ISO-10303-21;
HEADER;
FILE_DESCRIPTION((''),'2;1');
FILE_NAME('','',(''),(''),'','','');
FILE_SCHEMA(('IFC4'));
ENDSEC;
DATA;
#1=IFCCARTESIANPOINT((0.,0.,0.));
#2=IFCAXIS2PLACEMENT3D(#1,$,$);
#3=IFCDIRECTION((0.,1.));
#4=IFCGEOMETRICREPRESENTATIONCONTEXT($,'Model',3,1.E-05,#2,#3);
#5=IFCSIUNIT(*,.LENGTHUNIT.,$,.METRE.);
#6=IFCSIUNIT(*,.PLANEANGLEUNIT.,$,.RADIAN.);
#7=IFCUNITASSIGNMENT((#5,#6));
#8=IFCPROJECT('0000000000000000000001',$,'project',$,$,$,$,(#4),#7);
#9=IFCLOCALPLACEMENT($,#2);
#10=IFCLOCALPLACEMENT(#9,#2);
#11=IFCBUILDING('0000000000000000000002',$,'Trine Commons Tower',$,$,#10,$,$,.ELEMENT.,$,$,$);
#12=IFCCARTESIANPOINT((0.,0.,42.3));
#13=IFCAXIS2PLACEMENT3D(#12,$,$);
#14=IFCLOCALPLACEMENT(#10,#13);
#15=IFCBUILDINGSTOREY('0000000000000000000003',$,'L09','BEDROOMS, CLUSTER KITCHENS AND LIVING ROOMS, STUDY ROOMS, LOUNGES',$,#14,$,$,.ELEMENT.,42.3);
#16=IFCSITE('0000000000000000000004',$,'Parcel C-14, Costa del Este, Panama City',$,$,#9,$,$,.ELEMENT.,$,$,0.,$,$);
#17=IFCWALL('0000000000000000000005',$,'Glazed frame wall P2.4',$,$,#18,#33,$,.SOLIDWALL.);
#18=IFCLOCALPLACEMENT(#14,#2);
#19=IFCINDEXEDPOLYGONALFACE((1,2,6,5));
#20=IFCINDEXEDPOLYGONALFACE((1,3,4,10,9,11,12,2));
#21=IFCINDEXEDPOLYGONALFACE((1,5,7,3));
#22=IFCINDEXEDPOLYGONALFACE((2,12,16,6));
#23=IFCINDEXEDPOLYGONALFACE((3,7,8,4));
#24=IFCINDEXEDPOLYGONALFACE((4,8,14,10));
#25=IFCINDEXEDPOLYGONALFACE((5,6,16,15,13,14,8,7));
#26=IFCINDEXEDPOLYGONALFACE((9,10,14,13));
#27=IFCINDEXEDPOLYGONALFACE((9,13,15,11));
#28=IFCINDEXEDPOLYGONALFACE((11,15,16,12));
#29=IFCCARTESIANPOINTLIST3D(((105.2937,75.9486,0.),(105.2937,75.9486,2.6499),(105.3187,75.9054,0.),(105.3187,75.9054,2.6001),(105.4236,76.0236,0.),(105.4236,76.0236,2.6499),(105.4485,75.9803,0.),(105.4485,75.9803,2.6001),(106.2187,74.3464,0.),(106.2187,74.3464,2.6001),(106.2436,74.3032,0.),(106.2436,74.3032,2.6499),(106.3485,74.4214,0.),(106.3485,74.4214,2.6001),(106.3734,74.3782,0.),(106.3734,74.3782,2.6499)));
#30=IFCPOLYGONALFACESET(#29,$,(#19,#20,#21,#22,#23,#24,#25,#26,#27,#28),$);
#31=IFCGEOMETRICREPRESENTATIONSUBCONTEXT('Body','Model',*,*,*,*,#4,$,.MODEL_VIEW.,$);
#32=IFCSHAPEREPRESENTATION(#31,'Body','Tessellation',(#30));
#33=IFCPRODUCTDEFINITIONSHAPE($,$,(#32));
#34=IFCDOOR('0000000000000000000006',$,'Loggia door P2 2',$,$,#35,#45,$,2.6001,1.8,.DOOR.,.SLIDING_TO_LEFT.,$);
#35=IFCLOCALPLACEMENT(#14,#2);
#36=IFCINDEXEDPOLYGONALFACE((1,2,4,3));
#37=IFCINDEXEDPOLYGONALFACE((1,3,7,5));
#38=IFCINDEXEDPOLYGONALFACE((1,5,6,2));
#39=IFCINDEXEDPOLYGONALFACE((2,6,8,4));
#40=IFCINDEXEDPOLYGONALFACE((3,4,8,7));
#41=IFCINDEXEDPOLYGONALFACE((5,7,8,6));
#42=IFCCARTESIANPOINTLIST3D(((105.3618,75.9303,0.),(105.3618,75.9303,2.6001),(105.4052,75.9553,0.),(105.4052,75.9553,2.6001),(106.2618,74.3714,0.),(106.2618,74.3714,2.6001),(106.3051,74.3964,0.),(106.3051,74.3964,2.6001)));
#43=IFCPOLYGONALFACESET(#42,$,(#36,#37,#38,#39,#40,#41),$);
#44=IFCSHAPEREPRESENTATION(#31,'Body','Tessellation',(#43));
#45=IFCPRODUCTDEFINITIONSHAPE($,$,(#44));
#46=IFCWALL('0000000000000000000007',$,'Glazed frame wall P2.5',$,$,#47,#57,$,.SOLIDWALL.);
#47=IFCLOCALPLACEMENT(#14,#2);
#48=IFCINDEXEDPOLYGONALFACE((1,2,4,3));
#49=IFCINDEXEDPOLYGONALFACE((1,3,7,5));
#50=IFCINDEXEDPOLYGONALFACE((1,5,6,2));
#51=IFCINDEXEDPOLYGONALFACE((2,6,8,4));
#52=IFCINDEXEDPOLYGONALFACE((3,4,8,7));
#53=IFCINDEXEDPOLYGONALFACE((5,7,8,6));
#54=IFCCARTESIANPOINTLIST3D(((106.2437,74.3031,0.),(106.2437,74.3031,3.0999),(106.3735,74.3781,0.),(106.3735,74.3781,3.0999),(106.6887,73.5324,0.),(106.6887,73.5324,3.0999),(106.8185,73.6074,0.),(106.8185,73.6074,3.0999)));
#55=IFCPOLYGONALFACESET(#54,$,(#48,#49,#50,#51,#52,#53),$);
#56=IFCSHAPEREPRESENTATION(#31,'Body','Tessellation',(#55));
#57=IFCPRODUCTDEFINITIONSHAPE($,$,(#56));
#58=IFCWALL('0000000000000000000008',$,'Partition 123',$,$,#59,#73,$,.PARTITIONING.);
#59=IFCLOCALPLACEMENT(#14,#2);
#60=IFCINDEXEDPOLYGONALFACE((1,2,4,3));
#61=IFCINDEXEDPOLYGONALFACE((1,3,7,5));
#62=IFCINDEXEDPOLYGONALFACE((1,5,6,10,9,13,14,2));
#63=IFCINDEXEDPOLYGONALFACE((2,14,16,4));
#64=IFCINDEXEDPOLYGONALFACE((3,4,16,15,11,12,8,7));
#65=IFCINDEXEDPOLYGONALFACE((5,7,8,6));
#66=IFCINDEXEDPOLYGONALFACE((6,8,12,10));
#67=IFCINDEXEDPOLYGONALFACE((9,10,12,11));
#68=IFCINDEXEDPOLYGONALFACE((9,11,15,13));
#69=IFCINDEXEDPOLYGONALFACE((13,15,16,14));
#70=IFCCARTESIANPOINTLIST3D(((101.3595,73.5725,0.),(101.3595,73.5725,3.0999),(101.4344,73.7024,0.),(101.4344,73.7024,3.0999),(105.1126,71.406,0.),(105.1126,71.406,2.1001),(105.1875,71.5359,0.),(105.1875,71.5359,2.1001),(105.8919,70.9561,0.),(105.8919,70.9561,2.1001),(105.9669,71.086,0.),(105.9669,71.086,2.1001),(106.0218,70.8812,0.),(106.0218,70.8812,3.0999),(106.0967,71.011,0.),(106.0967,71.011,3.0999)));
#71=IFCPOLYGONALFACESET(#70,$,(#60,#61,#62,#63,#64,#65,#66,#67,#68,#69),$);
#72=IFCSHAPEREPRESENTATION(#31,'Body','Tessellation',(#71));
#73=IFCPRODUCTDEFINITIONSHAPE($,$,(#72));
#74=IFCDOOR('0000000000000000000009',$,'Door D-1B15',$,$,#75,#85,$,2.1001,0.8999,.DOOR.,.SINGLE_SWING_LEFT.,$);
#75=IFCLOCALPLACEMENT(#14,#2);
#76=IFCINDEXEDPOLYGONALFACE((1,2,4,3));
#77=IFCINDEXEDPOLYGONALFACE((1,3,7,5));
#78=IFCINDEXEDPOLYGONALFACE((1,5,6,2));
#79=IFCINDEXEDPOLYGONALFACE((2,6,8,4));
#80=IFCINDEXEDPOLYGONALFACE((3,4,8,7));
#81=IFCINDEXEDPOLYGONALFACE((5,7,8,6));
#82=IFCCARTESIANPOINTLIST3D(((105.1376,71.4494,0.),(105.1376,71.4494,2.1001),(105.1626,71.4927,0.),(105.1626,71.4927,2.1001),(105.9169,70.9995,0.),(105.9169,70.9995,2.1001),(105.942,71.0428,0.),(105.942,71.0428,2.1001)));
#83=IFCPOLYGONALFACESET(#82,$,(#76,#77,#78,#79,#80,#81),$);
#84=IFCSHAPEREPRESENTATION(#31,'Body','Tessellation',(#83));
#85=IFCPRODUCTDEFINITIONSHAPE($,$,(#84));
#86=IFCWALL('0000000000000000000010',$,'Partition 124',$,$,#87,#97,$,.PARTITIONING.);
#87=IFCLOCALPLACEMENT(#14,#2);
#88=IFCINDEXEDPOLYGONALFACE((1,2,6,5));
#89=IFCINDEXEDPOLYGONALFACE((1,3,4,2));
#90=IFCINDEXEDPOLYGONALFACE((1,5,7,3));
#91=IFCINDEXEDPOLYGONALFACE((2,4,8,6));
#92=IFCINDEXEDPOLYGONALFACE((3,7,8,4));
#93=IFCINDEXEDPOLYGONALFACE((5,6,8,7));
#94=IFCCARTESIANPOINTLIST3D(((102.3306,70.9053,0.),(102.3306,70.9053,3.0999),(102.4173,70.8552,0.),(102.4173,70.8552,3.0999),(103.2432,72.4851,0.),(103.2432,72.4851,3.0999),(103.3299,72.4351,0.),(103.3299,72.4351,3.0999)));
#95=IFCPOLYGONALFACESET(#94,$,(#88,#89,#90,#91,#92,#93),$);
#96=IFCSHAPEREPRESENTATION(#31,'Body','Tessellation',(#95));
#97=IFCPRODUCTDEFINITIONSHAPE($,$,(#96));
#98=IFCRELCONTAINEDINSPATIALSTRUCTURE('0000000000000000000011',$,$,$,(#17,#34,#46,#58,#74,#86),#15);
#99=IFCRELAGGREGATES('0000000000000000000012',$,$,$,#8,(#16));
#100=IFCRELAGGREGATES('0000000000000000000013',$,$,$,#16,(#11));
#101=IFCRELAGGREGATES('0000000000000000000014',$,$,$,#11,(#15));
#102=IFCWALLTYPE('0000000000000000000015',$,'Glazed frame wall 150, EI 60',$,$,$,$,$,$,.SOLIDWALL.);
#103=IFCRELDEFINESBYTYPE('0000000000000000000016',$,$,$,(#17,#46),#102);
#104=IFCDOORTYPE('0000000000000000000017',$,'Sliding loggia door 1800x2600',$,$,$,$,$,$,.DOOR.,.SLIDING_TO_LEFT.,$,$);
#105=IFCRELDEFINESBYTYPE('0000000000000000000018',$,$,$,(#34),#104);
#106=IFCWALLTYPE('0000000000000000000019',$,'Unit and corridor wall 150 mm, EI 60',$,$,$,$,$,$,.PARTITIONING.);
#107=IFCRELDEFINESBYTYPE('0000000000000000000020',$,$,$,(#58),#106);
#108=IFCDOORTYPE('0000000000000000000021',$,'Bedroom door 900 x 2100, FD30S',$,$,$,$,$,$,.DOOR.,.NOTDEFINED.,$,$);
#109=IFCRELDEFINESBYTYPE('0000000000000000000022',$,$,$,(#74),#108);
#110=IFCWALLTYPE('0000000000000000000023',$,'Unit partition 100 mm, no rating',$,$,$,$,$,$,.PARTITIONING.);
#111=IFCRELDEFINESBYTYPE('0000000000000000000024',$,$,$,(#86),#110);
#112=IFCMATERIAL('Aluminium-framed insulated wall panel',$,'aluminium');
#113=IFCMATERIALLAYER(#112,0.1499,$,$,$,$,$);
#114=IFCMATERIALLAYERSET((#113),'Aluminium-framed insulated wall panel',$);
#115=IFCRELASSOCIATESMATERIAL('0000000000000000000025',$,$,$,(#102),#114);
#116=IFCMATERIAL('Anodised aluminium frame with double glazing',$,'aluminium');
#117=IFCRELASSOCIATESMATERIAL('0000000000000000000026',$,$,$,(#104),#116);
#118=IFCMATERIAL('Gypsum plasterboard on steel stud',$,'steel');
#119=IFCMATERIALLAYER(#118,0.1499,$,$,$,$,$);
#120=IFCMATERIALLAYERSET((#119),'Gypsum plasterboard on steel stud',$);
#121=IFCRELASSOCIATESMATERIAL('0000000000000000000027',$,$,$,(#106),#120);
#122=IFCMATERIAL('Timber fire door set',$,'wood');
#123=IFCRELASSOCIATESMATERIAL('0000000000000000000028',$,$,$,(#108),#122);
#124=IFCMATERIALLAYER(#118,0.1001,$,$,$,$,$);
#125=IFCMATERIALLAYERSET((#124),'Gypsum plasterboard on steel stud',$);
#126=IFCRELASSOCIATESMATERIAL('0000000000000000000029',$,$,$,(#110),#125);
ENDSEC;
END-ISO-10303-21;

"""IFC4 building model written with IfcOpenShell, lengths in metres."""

from ifc_helpers import new_model, si_unit, direction, frame, frame_2d, origin, place, context, subcontext, project, spatial, polyline, rectangle, outline, extrude, material, layer, layer_set, type_object, element, fill, save


model = new_model("IFC4")

# Units and contexts
model_context = context("Model", 3, precision=1e-05, world=origin(), true_north=direction((0.0, 1.0)))
body_context = subcontext(model_context, "Body", "Model", "MODEL_VIEW")
ifc_project = project(units=[si_unit("LENGTHUNIT", "METRE"), si_unit("PLANEANGLEUNIT", "RADIAN")], contexts=[model_context])

# Site, building, storey
site_placement = place(None, origin())
site = spatial("IfcSite", under=ifc_project, at=site_placement, Name="Parcel C-14, Costa del Este, Panama City", CompositionType="ELEMENT", RefElevation=0.0)
building_placement = place(site_placement, origin())
building = spatial("IfcBuilding", under=site, at=building_placement, Name="Trine Commons Tower", CompositionType="ELEMENT")
storey_placement = place(building_placement, frame((0.0, 0.0, 42.3)))
storey = spatial("IfcBuildingStorey", under=building, at=storey_placement, Name="L09", Description="BEDROOMS, CLUSTER KITCHENS AND LIVING ROOMS, STUDY ROOMS, LOUNGES", CompositionType="ELEMENT", Elevation=42.3)

# Wall, opening, door
ifc_material_1 = material(Name="Aluminium-framed insulated wall panel", Category="aluminium")
ifc_layer_1 = layer(ifc_material_1, 0.1499)
ifc_layer_set_1 = layer_set([ifc_layer_1], Name="Aluminium-framed insulated wall panel")
wall_type_1 = type_object("IfcWallType", Name="Glazed frame wall 150, EI 60", PredefinedType="SOLIDWALL", material=ifc_layer_set_1)
wall_1_placement = place(storey_placement, frame((105.3586, 75.9861, 0.0), z_axis=(0.0, 0.0, 1.0), x_axis=(0.499967, -0.866044, 0.0)))
wall_1 = element("IfcWall", 1, at=wall_1_placement, inside=storey, type_object=wall_type_1, Name="Glazed frame wall P2.4", PredefinedType="SOLIDWALL", context=body_context, shape_type="SweptSolid", body=[
    extrude(outline(polyline([(0.0, -0.075), (1.8999, -0.075), (1.8999, 0.075), (0.0, 0.075), (0.0, -0.075)])), origin(), (0.0, 0.0, 1.0), 2.6499),
])
opening_1_placement = place(wall_1_placement, frame((0.05, 0.0, 0.0)))
opening_1 = element("IfcOpeningElement", 2, at=opening_1_placement, cuts=wall_1, PredefinedType="OPENING", context=body_context, shape_type="SweptSolid", body=[
    extrude(rectangle(XDim=1.8, YDim=2.6001, at=frame_2d((0.8999, 1.3))), frame((0.0, 0.085, 0.0), z_axis=(0.0, -1.0, 0.0), x_axis=(1.0, 0.0, 0.0)), (0.0, 0.0, 1.0), 0.1699),
])
ifc_material_2 = material(Name="Anodised aluminium frame with double glazing", Category="aluminium")
door_type_1 = type_object("IfcDoorType", Name="Sliding loggia door 1800x2600", OperationType="SLIDING_TO_LEFT", PredefinedType="DOOR", material=ifc_material_2)
door_1_placement = place(opening_1_placement, origin())
door_1 = element("IfcDoor", 3, at=door_1_placement, inside=storey, type_object=door_type_1, Name="Loggia door P2 2", OperationType="SLIDING_TO_LEFT", OverallHeight=2.6001, OverallWidth=1.8, PredefinedType="DOOR", context=body_context, shape_type="SweptSolid", body=[
    extrude(rectangle(XDim=1.8, YDim=2.6001, at=frame_2d((0.8999, 1.3))), frame((0.0, 0.0249, 0.0), z_axis=(0.0, -1.0, 0.0), x_axis=(1.0, 0.0, 0.0)), (0.0, 0.0, 1.0), 0.05),
])
fill(opening_1, door_1)

# Wall
wall_2_placement = place(storey_placement, frame((106.3086, 74.3406, 0.0), z_axis=(0.0, 0.0, 1.0), x_axis=(0.500025, -0.866011, 0.0)))
element("IfcWall", 4, at=wall_2_placement, inside=storey, type_object=wall_type_1, Name="Glazed frame wall P2.5", PredefinedType="SOLIDWALL", context=body_context, shape_type="SweptSolid", body=[
    extrude(outline(polyline([(0.8899, 0.075), (0.0, 0.075), (0.0, -0.075), (0.8899, -0.075), (0.8899, 0.075)])), origin(), (0.0, 0.0, 1.0), 3.0999),
])

# Wall, opening, door
ifc_material_3 = material(Name="Gypsum plasterboard on steel stud", Category="steel")
ifc_layer_2 = layer(ifc_material_3, 0.1499)
ifc_layer_set_2 = layer_set([ifc_layer_2], Name="Gypsum plasterboard on steel stud")
wall_type_2 = type_object("IfcWallType", Name="Unit and corridor wall 150 mm, EI 60", PredefinedType="PARTITIONING", material=ifc_layer_set_2)
wall_3_placement = place(storey_placement, frame((101.397, 73.6375, 0.0), z_axis=(0.0, 0.0, 1.0), x_axis=(0.866058, -0.499944, 0.0)))
wall_3 = element("IfcWall", 5, at=wall_3_placement, inside=storey, type_object=wall_type_2, Name="Partition 123", PredefinedType="PARTITIONING", context=body_context, shape_type="SweptSolid", body=[
    extrude(rectangle(XDim=5.3833, YDim=0.1499, at=frame_2d((2.6917, 0.0))), origin(), (0.0, 0.0, 1.0), 3.0999),
])
opening_2_placement = place(wall_3_placement, frame((4.3335, 0.0, 0.0)))
opening_2 = element("IfcOpeningElement", 6, at=opening_2_placement, cuts=wall_3, PredefinedType="OPENING", context=body_context, shape_type="SweptSolid", body=[
    extrude(rectangle(XDim=0.8999, YDim=2.1001, at=frame_2d((0.45, 1.05))), frame((0.0, 0.085, 0.0), z_axis=(0.0, -1.0, 0.0), x_axis=(1.0, 0.0, 0.0)), (0.0, 0.0, 1.0), 0.1699),
])
ifc_material_4 = material(Name="Timber fire door set", Category="wood")
door_type_2 = type_object("IfcDoorType", Name="Bedroom door 900 x 2100, FD30S", OperationType="NOTDEFINED", PredefinedType="DOOR", material=ifc_material_4)
door_2_placement = place(opening_2_placement, frame((0.8999, 0.0, 0.0), z_axis=(0.0, 0.0, 1.0), x_axis=(-1.0, 0.0, 0.0)))
door_2 = element("IfcDoor", 7, at=door_2_placement, inside=storey, type_object=door_type_2, Name="Door D-1B15", OperationType="SINGLE_SWING_LEFT", OverallHeight=2.1001, OverallWidth=0.8999, PredefinedType="DOOR", context=body_context, shape_type="SweptSolid", body=[
    extrude(rectangle(XDim=0.8999, YDim=2.1001, at=frame_2d((0.45, 1.05))), frame((0.0, 0.0249, 0.0), z_axis=(0.0, -1.0, 0.0), x_axis=(1.0, 0.0, 0.0)), (0.0, 0.0, 1.0), 0.05),
])
fill(opening_2, door_2)

# Wall
ifc_layer_3 = layer(ifc_material_3, 0.1001)
ifc_layer_set_3 = layer_set([ifc_layer_3], Name="Gypsum plasterboard on steel stud")
wall_type_3 = type_object("IfcWallType", Name="Unit partition 100 mm, no rating", PredefinedType="PARTITIONING", material=ifc_layer_set_3)
wall_4_placement = place(storey_placement, frame((102.374, 70.8804, 0.0), z_axis=(0.0, 0.0, 1.0), x_axis=(0.500197, 0.865911, 0.0)))
element("IfcWall", 8, at=wall_4_placement, inside=storey, type_object=wall_type_3, Name="Partition 124", PredefinedType="PARTITIONING", context=body_context, shape_type="SweptSolid", body=[
    extrude(rectangle(XDim=1.8245, YDim=0.1001, at=frame_2d((0.9121, 0.0))), origin(), (0.0, 0.0, 1.0), 3.0999),
])

save(model, "model.ifc")
